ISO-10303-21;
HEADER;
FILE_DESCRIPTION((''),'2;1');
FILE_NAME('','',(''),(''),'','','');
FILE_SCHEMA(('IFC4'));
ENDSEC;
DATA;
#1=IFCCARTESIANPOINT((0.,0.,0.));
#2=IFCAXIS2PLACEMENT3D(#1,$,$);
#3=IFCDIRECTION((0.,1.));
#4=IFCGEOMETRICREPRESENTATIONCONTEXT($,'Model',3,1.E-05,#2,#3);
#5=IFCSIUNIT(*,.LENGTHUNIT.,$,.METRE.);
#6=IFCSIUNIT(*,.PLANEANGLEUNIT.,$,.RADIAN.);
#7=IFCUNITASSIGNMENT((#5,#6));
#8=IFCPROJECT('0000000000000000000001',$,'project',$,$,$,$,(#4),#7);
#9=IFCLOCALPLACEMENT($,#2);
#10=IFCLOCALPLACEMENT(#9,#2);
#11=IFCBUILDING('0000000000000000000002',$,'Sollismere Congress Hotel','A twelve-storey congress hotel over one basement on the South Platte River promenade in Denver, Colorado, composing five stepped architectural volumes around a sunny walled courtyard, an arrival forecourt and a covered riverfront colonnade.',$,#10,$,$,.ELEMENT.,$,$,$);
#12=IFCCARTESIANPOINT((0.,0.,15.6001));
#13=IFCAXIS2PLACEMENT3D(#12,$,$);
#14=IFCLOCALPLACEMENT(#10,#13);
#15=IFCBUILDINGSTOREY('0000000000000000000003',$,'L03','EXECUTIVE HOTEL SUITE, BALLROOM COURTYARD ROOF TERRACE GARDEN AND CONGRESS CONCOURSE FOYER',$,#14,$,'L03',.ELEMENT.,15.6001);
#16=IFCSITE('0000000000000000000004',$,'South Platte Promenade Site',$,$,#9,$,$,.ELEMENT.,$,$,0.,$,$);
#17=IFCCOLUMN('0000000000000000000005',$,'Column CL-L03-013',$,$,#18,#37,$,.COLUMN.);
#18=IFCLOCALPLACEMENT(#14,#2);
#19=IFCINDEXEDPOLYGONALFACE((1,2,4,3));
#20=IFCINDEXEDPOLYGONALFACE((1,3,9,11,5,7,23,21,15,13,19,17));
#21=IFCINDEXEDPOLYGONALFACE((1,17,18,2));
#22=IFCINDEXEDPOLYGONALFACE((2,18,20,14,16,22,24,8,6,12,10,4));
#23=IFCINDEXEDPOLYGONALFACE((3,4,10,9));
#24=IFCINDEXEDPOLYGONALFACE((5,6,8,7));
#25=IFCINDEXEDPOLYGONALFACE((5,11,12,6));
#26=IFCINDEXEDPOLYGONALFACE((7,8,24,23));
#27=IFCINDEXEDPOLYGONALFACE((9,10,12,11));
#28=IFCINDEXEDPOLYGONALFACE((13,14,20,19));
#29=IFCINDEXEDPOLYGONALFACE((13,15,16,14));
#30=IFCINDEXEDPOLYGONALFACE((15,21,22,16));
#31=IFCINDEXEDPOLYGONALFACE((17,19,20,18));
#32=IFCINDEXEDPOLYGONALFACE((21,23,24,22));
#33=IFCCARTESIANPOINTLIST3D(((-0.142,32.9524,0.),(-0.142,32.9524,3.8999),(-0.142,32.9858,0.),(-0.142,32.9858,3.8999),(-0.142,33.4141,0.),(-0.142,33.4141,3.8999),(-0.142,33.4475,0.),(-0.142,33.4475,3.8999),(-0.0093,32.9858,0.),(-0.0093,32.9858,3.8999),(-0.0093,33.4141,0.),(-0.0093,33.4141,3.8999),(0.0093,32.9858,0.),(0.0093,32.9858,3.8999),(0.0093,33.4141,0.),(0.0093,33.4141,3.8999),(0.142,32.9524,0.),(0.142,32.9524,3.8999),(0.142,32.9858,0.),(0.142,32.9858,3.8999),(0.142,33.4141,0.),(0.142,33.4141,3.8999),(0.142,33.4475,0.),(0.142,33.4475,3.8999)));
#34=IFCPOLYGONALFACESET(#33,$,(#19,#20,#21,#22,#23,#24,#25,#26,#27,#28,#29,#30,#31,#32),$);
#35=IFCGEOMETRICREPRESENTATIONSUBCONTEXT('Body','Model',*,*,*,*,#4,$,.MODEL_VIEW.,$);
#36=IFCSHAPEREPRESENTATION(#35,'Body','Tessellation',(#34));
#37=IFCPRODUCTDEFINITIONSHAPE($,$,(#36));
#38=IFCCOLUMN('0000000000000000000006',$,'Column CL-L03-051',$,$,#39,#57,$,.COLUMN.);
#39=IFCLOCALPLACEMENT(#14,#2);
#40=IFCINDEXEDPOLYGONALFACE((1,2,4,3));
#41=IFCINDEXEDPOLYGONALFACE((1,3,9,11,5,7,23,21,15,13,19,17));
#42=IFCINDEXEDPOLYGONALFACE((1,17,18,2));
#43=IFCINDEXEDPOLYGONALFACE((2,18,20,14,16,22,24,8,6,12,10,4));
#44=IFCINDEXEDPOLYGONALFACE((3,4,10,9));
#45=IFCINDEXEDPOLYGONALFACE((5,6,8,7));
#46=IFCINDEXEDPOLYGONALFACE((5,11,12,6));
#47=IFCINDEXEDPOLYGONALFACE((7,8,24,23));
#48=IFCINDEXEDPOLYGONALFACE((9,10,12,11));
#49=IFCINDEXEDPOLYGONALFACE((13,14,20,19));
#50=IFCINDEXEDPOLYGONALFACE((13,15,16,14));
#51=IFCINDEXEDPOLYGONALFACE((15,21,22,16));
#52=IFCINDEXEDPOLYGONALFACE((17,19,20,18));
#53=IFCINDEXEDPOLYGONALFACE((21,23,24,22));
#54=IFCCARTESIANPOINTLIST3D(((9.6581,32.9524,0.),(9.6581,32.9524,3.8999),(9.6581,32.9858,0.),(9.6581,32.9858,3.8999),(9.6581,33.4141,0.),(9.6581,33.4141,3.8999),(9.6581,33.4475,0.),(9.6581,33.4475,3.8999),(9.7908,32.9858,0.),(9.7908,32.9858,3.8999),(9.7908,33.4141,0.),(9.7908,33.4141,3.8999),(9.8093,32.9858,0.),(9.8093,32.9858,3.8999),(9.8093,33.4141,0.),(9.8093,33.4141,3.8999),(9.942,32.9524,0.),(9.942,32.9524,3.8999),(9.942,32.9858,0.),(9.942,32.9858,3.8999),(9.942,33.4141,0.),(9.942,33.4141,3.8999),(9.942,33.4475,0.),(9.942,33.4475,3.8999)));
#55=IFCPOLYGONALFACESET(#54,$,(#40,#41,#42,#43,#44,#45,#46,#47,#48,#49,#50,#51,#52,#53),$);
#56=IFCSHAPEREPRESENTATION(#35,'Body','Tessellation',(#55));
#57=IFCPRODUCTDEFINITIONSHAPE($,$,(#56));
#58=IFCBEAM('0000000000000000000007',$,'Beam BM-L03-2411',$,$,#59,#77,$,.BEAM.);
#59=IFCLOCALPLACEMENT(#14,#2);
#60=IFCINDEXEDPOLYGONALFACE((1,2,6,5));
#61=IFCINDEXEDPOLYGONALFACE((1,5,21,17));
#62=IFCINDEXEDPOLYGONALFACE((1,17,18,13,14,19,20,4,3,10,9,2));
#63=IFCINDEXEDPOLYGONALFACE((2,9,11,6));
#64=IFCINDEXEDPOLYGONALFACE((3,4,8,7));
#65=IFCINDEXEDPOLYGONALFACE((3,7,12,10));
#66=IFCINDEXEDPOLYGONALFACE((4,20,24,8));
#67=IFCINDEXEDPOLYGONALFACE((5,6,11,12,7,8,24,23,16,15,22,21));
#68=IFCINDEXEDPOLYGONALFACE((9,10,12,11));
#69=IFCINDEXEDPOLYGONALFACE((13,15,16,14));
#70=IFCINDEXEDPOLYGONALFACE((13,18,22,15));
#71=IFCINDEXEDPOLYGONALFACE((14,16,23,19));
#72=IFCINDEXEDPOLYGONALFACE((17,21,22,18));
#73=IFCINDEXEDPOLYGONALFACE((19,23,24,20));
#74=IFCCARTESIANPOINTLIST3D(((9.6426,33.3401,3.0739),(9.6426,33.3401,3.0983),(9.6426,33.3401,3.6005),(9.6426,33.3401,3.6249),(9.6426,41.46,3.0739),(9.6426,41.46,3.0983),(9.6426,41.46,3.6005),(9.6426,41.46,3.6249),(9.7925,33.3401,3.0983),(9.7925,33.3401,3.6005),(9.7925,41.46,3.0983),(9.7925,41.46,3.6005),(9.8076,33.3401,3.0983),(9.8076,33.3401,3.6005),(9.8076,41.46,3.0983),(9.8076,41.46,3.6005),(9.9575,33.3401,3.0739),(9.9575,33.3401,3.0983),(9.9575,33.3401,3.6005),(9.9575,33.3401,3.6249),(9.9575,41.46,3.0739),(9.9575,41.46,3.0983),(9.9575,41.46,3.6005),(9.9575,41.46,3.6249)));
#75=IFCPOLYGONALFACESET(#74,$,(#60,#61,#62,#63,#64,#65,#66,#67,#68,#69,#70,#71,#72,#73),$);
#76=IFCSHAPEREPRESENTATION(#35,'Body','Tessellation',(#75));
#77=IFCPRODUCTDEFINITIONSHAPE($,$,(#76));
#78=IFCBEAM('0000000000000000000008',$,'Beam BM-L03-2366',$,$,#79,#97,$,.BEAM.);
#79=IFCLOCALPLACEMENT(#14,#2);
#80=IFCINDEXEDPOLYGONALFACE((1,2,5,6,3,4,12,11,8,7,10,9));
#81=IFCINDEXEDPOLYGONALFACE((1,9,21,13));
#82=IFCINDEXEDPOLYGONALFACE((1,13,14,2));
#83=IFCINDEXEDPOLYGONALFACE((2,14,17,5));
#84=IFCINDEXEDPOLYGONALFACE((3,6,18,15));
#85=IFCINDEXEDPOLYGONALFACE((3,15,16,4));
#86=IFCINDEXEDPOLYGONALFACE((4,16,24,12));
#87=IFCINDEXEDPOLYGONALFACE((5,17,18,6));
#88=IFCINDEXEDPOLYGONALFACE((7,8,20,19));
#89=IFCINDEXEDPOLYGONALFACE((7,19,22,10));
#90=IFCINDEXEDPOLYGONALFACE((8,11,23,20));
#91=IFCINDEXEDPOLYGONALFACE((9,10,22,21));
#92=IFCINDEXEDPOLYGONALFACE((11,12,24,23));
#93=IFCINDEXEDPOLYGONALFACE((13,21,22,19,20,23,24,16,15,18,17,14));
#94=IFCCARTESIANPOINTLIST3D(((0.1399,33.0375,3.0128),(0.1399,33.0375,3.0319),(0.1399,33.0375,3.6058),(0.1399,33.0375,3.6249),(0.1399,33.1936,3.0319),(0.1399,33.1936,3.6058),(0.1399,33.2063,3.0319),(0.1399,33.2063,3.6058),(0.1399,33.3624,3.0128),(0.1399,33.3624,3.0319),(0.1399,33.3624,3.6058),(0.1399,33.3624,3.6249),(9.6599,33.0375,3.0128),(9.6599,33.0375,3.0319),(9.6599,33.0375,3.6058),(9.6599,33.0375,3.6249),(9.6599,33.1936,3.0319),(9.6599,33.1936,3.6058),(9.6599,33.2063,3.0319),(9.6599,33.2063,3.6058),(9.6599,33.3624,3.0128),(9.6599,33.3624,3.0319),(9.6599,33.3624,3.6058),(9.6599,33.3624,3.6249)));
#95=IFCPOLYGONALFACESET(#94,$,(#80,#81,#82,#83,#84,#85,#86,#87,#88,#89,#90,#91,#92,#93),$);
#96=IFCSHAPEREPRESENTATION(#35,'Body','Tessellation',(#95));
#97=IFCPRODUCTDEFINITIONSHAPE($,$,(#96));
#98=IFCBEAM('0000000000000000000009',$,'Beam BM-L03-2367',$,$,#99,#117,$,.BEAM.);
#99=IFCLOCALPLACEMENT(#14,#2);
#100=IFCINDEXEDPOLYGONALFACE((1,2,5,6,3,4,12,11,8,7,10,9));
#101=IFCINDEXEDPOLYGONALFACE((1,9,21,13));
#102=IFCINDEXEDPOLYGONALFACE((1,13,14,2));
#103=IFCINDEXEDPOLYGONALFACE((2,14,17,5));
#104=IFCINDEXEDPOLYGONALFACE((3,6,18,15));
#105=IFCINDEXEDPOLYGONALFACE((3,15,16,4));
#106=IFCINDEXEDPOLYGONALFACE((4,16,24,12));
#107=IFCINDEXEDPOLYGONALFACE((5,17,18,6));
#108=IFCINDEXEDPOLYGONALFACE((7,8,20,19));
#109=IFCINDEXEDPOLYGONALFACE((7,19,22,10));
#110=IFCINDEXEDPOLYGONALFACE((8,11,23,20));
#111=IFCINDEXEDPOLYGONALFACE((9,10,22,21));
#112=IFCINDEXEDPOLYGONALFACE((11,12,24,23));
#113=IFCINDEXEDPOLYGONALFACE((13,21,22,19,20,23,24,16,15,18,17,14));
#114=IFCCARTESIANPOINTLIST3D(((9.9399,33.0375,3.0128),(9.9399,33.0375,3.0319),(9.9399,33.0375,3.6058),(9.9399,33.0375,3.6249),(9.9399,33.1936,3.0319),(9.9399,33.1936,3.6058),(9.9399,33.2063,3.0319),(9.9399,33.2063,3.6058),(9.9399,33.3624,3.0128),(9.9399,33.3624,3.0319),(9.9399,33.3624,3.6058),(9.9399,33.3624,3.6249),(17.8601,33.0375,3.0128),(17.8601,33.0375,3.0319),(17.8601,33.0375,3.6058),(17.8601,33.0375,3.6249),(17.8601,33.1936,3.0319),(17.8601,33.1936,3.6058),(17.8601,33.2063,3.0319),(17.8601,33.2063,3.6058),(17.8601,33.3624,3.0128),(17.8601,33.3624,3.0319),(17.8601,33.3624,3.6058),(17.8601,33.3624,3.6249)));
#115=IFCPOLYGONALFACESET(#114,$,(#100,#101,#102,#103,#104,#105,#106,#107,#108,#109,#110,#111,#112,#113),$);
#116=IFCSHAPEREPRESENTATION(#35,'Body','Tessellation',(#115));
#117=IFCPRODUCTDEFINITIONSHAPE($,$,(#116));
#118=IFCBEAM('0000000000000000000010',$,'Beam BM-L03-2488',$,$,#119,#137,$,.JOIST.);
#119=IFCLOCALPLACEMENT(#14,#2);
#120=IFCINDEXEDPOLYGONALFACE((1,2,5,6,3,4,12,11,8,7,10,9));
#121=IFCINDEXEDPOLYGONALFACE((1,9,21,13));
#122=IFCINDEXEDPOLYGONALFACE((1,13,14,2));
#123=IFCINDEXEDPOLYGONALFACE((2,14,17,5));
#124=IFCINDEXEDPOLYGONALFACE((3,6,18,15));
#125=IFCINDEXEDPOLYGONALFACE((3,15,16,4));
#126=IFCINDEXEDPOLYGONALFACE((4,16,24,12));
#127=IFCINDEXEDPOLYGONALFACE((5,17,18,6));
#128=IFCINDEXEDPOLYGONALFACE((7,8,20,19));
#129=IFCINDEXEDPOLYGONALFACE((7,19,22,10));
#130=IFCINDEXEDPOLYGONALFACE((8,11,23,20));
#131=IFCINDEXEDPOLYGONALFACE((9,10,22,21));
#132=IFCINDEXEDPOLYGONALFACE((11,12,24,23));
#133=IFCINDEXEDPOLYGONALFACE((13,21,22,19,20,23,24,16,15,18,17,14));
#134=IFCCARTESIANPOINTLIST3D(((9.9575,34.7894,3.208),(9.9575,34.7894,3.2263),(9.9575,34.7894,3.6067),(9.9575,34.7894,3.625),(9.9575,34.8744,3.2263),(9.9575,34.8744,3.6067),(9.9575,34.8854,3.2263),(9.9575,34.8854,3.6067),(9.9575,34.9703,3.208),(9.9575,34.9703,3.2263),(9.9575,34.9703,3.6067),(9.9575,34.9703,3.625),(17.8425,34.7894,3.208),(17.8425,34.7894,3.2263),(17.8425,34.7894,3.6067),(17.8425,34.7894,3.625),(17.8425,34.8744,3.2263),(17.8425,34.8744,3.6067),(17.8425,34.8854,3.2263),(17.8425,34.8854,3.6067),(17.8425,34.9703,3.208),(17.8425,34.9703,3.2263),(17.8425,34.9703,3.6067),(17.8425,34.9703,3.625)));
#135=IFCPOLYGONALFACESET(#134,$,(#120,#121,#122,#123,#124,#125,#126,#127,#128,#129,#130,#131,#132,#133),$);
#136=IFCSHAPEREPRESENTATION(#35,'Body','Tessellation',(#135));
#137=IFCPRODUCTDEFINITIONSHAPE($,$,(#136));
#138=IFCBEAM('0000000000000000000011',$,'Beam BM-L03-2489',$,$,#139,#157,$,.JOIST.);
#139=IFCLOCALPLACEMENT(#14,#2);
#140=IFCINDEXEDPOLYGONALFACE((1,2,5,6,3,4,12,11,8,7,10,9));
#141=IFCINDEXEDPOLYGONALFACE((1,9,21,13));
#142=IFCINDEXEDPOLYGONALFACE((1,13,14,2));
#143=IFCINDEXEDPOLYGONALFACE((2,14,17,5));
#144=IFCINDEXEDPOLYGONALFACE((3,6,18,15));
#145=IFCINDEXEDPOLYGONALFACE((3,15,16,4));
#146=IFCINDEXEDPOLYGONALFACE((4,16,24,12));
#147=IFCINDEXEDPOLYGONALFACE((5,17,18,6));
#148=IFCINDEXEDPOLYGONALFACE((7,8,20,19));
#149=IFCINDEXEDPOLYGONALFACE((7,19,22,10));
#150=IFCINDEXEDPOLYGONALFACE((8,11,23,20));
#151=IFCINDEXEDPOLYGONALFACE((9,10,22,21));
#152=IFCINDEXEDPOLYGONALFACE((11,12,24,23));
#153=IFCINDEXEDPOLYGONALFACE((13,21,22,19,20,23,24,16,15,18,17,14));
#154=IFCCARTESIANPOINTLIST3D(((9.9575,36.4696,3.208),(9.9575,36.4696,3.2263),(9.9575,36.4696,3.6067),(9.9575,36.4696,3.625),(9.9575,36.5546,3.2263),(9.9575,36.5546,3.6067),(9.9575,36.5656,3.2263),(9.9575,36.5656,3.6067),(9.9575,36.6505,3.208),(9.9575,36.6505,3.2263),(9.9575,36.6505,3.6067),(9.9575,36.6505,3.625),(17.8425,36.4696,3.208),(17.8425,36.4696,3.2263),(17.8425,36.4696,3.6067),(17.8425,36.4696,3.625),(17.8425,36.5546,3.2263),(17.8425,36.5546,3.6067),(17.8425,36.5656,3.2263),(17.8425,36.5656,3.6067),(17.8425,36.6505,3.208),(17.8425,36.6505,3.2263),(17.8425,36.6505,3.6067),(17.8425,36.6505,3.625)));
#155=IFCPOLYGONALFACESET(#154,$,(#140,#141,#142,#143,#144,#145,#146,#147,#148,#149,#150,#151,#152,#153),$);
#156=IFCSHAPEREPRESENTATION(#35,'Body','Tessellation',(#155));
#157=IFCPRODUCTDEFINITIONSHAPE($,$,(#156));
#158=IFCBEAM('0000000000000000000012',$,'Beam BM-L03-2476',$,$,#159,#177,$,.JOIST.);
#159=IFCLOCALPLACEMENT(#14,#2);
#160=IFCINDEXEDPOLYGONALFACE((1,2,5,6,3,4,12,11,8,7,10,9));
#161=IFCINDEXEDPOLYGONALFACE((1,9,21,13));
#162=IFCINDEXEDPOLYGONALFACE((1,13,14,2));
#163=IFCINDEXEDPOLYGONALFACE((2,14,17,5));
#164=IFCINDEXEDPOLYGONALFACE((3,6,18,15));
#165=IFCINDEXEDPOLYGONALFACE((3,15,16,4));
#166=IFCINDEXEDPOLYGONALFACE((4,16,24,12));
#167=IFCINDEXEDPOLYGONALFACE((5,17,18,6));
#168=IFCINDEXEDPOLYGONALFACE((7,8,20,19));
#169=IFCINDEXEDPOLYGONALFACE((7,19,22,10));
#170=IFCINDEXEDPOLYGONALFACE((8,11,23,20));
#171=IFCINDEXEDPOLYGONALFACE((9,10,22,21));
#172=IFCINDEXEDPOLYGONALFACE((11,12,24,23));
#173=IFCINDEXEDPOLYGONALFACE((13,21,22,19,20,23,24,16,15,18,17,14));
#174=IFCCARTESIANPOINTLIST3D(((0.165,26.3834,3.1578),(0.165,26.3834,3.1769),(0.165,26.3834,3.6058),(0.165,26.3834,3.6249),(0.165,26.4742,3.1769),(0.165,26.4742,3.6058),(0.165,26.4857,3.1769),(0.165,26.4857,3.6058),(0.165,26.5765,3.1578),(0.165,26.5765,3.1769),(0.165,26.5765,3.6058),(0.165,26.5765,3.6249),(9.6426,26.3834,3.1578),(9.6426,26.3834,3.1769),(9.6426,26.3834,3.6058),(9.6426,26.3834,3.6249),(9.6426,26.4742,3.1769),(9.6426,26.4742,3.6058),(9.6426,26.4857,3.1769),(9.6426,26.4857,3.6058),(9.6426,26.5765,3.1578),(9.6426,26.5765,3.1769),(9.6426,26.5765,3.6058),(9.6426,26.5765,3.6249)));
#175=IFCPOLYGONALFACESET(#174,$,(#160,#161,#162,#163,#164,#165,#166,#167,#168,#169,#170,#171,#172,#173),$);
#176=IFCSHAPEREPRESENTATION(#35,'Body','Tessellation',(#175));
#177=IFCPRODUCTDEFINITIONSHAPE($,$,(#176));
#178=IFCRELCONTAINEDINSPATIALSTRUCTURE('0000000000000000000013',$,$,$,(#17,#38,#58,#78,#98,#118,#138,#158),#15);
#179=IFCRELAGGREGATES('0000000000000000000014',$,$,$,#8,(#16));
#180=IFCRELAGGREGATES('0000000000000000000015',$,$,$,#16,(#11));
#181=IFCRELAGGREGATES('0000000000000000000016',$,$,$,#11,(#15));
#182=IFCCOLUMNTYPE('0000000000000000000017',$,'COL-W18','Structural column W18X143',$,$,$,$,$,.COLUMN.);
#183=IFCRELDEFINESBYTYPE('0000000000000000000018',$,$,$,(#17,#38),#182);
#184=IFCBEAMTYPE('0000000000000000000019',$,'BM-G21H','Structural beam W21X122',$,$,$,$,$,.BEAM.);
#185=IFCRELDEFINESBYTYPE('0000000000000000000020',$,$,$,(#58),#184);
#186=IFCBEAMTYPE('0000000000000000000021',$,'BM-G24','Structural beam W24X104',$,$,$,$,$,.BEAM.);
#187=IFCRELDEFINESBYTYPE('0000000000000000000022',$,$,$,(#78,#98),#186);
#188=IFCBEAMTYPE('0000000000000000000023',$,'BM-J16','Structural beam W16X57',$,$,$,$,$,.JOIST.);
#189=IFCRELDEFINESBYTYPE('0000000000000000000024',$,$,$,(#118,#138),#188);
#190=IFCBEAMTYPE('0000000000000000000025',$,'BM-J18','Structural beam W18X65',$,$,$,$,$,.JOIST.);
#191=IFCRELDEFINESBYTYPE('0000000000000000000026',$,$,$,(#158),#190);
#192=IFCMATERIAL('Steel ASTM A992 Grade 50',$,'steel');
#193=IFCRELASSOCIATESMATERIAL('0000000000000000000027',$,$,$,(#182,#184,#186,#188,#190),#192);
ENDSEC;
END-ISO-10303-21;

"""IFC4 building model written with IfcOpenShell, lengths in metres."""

from ifc_helpers import new_model, si_unit, direction, frame, origin, origin_2d, place, context, subcontext, project, spatial, i_section, extrude, material, material_profile, profile_set, type_object, element, save


model = new_model("IFC4")

# Units and contexts
model_context = context("Model", 3, precision=1e-05, world=origin(), true_north=direction((0.0, 1.0)))
body_context = subcontext(model_context, "Body", "Model", "MODEL_VIEW")
ifc_project = project(units=[si_unit("LENGTHUNIT", "METRE"), si_unit("PLANEANGLEUNIT", "RADIAN")], contexts=[model_context])

# Site, building, storey
site_placement = place(None, origin())
site = spatial("IfcSite", under=ifc_project, at=site_placement, Name="South Platte Promenade Site", CompositionType="ELEMENT", RefElevation=0.0)
building_placement = place(site_placement, origin())
building = spatial("IfcBuilding", under=site, at=building_placement, Name="Sollismere Congress Hotel", Description="A twelve-storey congress hotel over one basement on the South Platte River promenade in Denver, Colorado, composing five stepped architectural volumes around a sunny walled courtyard, an arrival forecourt and a covered riverfront colonnade.", CompositionType="ELEMENT")
storey_placement = place(building_placement, frame((0.0, 0.0, 15.6001)))
storey = spatial("IfcBuildingStorey", under=building, at=storey_placement, Name="L03", Description="EXECUTIVE HOTEL SUITE, BALLROOM COURTYARD ROOF TERRACE GARDEN AND CONGRESS CONCOURSE FOYER", LongName="L03", CompositionType="ELEMENT", Elevation=15.6001)

# Columns
ifc_material_1 = material(Name="Steel ASTM A992 Grade 50", Category="steel")
ifc_material_profile_1 = material_profile(ifc_material_1, i_section(OverallWidth=0.2839, OverallDepth=0.4951, WebThickness=0.0186, FlangeThickness=0.0334, at=origin_2d()), Name="W18X143")
ifc_profile_set_1 = profile_set([ifc_material_profile_1], Name="Steel ASTM A992 Grade 50")
column_type = type_object("IfcColumnType", Name="COL-W18", Description="Structural column W18X143", PredefinedType="COLUMN", material=ifc_profile_set_1)
for number, where, z_axis, x_axis, name in (
    (1, (0.0, 33.2, 0.0), (0.0, 0.0, 1.0), (1.0, 0.0, 0.0), "Column CL-L03-013"),
    (2, (9.8, 33.2, 0.0), (0.0, 0.0, 1.0), (1.0, 0.0, 0.0), "Column CL-L03-051"),
):
    element("IfcColumn", number, at=place(storey_placement, frame(where, z_axis=z_axis, x_axis=x_axis)), inside=storey, type_object=column_type, Name=name, PredefinedType="COLUMN", context=body_context, shape_type="SweptSolid", body=[
        extrude(i_section(OverallWidth=0.2839, OverallDepth=0.4951, WebThickness=0.0186, FlangeThickness=0.0334, at=origin_2d()), origin(), (0.0, 0.0, 1.0), 3.8999),
    ])

# Beams
ifc_material_profile_2 = material_profile(ifc_material_1, i_section(OverallWidth=0.3149, OverallDepth=0.551, WebThickness=0.0151, FlangeThickness=0.0244, at=origin_2d()), Name="W21X122")
ifc_profile_set_2 = profile_set([ifc_material_profile_2], Name="Steel ASTM A992 Grade 50")
beam_type_1 = type_object("IfcBeamType", Name="BM-G21H", Description="Structural beam W21X122", PredefinedType="BEAM", material=ifc_profile_set_2)
beam_1_placement = place(storey_placement, frame((9.8, 33.3401, 3.3494), z_axis=(0.0, 1.0, 0.0), x_axis=(-1.0, 0.0, 0.0)))
element("IfcBeam", 3, at=beam_1_placement, inside=storey, type_object=beam_type_1, Name="Beam BM-L03-2411", PredefinedType="BEAM", context=body_context, shape_type="SweptSolid", body=[
    extrude(i_section(OverallWidth=0.3149, OverallDepth=0.551, WebThickness=0.0151, FlangeThickness=0.0244, at=origin_2d()), origin(), (0.0, 0.0, 1.0), 8.1199),
])
ifc_material_profile_3 = material_profile(ifc_material_1, i_section(OverallWidth=0.325, OverallDepth=0.6121, WebThickness=0.0127, FlangeThickness=0.019, at=origin_2d()), Name="W24X104")
ifc_profile_set_3 = profile_set([ifc_material_profile_3], Name="Steel ASTM A992 Grade 50")
beam_type_2 = type_object("IfcBeamType", Name="BM-G24", Description="Structural beam W24X104", PredefinedType="BEAM", material=ifc_profile_set_3)
beam_2_placement = place(storey_placement, frame((0.1399, 33.2, 3.3188), z_axis=(1.0, 0.0, 0.0), x_axis=(0.0, 1.0, 0.0)))
element("IfcBeam", 4, at=beam_2_placement, inside=storey, type_object=beam_type_2, Name="Beam BM-L03-2366", PredefinedType="BEAM", context=body_context, shape_type="SweptSolid", body=[
    extrude(i_section(OverallWidth=0.325, OverallDepth=0.6121, WebThickness=0.0127, FlangeThickness=0.019, at=origin_2d()), origin(), (0.0, 0.0, 1.0), 9.52),
])
beam_3_placement = place(storey_placement, frame((9.9399, 33.2, 3.3188), z_axis=(1.0, 0.0, 0.0), x_axis=(0.0, 1.0, 0.0)))
element("IfcBeam", 5, at=beam_3_placement, inside=storey, type_object=beam_type_2, Name="Beam BM-L03-2367", PredefinedType="BEAM", context=body_context, shape_type="SweptSolid", body=[
    extrude(i_section(OverallWidth=0.325, OverallDepth=0.6121, WebThickness=0.0127, FlangeThickness=0.019, at=origin_2d()), origin(), (0.0, 0.0, 1.0), 7.9202),
])
ifc_material_profile_4 = material_profile(ifc_material_1, i_section(OverallWidth=0.1809, OverallDepth=0.417, WebThickness=0.011, FlangeThickness=0.0183, at=origin_2d()), Name="W16X57")
ifc_profile_set_4 = profile_set([ifc_material_profile_4], Name="Steel ASTM A992 Grade 50")
beam_type_3 = type_object("IfcBeamType", Name="BM-J16", Description="Structural beam W16X57", PredefinedType="JOIST", material=ifc_profile_set_4)
for number, where, z_axis, x_axis, name in (
    (6, (9.9575, 34.8799, 3.4165), (1.0, 0.0, 0.0), (0.0, 1.0, 0.0), "Beam BM-L03-2488"),
    (7, (9.9575, 36.5601, 3.4165), (1.0, 0.0, 0.0), (0.0, 1.0, 0.0), "Beam BM-L03-2489"),
):
    element("IfcBeam", number, at=place(storey_placement, frame(where, z_axis=z_axis, x_axis=x_axis)), inside=storey, type_object=beam_type_3, Name=name, PredefinedType="JOIST", context=body_context, shape_type="SweptSolid", body=[
        extrude(i_section(OverallWidth=0.1809, OverallDepth=0.417, WebThickness=0.011, FlangeThickness=0.0183, at=origin_2d()), origin(), (0.0, 0.0, 1.0), 7.885),
    ])
ifc_material_profile_5 = material_profile(ifc_material_1, i_section(OverallWidth=0.1931, OverallDepth=0.467, WebThickness=0.0115, FlangeThickness=0.019, at=origin_2d()), Name="W18X65")
ifc_profile_set_5 = profile_set([ifc_material_profile_5], Name="Steel ASTM A992 Grade 50")
beam_type_4 = type_object("IfcBeamType", Name="BM-J18", Description="Structural beam W18X65", PredefinedType="JOIST", material=ifc_profile_set_5)
for number, where, z_axis, x_axis, name in (
    (8, (0.165, 26.48, 3.3914), (1.0, 0.0, 0.0), (0.0, 1.0, 0.0), "Beam BM-L03-2476"),
):
    element("IfcBeam", number, at=place(storey_placement, frame(where, z_axis=z_axis, x_axis=x_axis)), inside=storey, type_object=beam_type_4, Name=name, PredefinedType="JOIST", context=body_context, shape_type="SweptSolid", body=[
        extrude(i_section(OverallWidth=0.1931, OverallDepth=0.467, WebThickness=0.0115, FlangeThickness=0.019, at=origin_2d()), origin(), (0.0, 0.0, 1.0), 9.4775),
    ])

save(model, "model.ifc")
